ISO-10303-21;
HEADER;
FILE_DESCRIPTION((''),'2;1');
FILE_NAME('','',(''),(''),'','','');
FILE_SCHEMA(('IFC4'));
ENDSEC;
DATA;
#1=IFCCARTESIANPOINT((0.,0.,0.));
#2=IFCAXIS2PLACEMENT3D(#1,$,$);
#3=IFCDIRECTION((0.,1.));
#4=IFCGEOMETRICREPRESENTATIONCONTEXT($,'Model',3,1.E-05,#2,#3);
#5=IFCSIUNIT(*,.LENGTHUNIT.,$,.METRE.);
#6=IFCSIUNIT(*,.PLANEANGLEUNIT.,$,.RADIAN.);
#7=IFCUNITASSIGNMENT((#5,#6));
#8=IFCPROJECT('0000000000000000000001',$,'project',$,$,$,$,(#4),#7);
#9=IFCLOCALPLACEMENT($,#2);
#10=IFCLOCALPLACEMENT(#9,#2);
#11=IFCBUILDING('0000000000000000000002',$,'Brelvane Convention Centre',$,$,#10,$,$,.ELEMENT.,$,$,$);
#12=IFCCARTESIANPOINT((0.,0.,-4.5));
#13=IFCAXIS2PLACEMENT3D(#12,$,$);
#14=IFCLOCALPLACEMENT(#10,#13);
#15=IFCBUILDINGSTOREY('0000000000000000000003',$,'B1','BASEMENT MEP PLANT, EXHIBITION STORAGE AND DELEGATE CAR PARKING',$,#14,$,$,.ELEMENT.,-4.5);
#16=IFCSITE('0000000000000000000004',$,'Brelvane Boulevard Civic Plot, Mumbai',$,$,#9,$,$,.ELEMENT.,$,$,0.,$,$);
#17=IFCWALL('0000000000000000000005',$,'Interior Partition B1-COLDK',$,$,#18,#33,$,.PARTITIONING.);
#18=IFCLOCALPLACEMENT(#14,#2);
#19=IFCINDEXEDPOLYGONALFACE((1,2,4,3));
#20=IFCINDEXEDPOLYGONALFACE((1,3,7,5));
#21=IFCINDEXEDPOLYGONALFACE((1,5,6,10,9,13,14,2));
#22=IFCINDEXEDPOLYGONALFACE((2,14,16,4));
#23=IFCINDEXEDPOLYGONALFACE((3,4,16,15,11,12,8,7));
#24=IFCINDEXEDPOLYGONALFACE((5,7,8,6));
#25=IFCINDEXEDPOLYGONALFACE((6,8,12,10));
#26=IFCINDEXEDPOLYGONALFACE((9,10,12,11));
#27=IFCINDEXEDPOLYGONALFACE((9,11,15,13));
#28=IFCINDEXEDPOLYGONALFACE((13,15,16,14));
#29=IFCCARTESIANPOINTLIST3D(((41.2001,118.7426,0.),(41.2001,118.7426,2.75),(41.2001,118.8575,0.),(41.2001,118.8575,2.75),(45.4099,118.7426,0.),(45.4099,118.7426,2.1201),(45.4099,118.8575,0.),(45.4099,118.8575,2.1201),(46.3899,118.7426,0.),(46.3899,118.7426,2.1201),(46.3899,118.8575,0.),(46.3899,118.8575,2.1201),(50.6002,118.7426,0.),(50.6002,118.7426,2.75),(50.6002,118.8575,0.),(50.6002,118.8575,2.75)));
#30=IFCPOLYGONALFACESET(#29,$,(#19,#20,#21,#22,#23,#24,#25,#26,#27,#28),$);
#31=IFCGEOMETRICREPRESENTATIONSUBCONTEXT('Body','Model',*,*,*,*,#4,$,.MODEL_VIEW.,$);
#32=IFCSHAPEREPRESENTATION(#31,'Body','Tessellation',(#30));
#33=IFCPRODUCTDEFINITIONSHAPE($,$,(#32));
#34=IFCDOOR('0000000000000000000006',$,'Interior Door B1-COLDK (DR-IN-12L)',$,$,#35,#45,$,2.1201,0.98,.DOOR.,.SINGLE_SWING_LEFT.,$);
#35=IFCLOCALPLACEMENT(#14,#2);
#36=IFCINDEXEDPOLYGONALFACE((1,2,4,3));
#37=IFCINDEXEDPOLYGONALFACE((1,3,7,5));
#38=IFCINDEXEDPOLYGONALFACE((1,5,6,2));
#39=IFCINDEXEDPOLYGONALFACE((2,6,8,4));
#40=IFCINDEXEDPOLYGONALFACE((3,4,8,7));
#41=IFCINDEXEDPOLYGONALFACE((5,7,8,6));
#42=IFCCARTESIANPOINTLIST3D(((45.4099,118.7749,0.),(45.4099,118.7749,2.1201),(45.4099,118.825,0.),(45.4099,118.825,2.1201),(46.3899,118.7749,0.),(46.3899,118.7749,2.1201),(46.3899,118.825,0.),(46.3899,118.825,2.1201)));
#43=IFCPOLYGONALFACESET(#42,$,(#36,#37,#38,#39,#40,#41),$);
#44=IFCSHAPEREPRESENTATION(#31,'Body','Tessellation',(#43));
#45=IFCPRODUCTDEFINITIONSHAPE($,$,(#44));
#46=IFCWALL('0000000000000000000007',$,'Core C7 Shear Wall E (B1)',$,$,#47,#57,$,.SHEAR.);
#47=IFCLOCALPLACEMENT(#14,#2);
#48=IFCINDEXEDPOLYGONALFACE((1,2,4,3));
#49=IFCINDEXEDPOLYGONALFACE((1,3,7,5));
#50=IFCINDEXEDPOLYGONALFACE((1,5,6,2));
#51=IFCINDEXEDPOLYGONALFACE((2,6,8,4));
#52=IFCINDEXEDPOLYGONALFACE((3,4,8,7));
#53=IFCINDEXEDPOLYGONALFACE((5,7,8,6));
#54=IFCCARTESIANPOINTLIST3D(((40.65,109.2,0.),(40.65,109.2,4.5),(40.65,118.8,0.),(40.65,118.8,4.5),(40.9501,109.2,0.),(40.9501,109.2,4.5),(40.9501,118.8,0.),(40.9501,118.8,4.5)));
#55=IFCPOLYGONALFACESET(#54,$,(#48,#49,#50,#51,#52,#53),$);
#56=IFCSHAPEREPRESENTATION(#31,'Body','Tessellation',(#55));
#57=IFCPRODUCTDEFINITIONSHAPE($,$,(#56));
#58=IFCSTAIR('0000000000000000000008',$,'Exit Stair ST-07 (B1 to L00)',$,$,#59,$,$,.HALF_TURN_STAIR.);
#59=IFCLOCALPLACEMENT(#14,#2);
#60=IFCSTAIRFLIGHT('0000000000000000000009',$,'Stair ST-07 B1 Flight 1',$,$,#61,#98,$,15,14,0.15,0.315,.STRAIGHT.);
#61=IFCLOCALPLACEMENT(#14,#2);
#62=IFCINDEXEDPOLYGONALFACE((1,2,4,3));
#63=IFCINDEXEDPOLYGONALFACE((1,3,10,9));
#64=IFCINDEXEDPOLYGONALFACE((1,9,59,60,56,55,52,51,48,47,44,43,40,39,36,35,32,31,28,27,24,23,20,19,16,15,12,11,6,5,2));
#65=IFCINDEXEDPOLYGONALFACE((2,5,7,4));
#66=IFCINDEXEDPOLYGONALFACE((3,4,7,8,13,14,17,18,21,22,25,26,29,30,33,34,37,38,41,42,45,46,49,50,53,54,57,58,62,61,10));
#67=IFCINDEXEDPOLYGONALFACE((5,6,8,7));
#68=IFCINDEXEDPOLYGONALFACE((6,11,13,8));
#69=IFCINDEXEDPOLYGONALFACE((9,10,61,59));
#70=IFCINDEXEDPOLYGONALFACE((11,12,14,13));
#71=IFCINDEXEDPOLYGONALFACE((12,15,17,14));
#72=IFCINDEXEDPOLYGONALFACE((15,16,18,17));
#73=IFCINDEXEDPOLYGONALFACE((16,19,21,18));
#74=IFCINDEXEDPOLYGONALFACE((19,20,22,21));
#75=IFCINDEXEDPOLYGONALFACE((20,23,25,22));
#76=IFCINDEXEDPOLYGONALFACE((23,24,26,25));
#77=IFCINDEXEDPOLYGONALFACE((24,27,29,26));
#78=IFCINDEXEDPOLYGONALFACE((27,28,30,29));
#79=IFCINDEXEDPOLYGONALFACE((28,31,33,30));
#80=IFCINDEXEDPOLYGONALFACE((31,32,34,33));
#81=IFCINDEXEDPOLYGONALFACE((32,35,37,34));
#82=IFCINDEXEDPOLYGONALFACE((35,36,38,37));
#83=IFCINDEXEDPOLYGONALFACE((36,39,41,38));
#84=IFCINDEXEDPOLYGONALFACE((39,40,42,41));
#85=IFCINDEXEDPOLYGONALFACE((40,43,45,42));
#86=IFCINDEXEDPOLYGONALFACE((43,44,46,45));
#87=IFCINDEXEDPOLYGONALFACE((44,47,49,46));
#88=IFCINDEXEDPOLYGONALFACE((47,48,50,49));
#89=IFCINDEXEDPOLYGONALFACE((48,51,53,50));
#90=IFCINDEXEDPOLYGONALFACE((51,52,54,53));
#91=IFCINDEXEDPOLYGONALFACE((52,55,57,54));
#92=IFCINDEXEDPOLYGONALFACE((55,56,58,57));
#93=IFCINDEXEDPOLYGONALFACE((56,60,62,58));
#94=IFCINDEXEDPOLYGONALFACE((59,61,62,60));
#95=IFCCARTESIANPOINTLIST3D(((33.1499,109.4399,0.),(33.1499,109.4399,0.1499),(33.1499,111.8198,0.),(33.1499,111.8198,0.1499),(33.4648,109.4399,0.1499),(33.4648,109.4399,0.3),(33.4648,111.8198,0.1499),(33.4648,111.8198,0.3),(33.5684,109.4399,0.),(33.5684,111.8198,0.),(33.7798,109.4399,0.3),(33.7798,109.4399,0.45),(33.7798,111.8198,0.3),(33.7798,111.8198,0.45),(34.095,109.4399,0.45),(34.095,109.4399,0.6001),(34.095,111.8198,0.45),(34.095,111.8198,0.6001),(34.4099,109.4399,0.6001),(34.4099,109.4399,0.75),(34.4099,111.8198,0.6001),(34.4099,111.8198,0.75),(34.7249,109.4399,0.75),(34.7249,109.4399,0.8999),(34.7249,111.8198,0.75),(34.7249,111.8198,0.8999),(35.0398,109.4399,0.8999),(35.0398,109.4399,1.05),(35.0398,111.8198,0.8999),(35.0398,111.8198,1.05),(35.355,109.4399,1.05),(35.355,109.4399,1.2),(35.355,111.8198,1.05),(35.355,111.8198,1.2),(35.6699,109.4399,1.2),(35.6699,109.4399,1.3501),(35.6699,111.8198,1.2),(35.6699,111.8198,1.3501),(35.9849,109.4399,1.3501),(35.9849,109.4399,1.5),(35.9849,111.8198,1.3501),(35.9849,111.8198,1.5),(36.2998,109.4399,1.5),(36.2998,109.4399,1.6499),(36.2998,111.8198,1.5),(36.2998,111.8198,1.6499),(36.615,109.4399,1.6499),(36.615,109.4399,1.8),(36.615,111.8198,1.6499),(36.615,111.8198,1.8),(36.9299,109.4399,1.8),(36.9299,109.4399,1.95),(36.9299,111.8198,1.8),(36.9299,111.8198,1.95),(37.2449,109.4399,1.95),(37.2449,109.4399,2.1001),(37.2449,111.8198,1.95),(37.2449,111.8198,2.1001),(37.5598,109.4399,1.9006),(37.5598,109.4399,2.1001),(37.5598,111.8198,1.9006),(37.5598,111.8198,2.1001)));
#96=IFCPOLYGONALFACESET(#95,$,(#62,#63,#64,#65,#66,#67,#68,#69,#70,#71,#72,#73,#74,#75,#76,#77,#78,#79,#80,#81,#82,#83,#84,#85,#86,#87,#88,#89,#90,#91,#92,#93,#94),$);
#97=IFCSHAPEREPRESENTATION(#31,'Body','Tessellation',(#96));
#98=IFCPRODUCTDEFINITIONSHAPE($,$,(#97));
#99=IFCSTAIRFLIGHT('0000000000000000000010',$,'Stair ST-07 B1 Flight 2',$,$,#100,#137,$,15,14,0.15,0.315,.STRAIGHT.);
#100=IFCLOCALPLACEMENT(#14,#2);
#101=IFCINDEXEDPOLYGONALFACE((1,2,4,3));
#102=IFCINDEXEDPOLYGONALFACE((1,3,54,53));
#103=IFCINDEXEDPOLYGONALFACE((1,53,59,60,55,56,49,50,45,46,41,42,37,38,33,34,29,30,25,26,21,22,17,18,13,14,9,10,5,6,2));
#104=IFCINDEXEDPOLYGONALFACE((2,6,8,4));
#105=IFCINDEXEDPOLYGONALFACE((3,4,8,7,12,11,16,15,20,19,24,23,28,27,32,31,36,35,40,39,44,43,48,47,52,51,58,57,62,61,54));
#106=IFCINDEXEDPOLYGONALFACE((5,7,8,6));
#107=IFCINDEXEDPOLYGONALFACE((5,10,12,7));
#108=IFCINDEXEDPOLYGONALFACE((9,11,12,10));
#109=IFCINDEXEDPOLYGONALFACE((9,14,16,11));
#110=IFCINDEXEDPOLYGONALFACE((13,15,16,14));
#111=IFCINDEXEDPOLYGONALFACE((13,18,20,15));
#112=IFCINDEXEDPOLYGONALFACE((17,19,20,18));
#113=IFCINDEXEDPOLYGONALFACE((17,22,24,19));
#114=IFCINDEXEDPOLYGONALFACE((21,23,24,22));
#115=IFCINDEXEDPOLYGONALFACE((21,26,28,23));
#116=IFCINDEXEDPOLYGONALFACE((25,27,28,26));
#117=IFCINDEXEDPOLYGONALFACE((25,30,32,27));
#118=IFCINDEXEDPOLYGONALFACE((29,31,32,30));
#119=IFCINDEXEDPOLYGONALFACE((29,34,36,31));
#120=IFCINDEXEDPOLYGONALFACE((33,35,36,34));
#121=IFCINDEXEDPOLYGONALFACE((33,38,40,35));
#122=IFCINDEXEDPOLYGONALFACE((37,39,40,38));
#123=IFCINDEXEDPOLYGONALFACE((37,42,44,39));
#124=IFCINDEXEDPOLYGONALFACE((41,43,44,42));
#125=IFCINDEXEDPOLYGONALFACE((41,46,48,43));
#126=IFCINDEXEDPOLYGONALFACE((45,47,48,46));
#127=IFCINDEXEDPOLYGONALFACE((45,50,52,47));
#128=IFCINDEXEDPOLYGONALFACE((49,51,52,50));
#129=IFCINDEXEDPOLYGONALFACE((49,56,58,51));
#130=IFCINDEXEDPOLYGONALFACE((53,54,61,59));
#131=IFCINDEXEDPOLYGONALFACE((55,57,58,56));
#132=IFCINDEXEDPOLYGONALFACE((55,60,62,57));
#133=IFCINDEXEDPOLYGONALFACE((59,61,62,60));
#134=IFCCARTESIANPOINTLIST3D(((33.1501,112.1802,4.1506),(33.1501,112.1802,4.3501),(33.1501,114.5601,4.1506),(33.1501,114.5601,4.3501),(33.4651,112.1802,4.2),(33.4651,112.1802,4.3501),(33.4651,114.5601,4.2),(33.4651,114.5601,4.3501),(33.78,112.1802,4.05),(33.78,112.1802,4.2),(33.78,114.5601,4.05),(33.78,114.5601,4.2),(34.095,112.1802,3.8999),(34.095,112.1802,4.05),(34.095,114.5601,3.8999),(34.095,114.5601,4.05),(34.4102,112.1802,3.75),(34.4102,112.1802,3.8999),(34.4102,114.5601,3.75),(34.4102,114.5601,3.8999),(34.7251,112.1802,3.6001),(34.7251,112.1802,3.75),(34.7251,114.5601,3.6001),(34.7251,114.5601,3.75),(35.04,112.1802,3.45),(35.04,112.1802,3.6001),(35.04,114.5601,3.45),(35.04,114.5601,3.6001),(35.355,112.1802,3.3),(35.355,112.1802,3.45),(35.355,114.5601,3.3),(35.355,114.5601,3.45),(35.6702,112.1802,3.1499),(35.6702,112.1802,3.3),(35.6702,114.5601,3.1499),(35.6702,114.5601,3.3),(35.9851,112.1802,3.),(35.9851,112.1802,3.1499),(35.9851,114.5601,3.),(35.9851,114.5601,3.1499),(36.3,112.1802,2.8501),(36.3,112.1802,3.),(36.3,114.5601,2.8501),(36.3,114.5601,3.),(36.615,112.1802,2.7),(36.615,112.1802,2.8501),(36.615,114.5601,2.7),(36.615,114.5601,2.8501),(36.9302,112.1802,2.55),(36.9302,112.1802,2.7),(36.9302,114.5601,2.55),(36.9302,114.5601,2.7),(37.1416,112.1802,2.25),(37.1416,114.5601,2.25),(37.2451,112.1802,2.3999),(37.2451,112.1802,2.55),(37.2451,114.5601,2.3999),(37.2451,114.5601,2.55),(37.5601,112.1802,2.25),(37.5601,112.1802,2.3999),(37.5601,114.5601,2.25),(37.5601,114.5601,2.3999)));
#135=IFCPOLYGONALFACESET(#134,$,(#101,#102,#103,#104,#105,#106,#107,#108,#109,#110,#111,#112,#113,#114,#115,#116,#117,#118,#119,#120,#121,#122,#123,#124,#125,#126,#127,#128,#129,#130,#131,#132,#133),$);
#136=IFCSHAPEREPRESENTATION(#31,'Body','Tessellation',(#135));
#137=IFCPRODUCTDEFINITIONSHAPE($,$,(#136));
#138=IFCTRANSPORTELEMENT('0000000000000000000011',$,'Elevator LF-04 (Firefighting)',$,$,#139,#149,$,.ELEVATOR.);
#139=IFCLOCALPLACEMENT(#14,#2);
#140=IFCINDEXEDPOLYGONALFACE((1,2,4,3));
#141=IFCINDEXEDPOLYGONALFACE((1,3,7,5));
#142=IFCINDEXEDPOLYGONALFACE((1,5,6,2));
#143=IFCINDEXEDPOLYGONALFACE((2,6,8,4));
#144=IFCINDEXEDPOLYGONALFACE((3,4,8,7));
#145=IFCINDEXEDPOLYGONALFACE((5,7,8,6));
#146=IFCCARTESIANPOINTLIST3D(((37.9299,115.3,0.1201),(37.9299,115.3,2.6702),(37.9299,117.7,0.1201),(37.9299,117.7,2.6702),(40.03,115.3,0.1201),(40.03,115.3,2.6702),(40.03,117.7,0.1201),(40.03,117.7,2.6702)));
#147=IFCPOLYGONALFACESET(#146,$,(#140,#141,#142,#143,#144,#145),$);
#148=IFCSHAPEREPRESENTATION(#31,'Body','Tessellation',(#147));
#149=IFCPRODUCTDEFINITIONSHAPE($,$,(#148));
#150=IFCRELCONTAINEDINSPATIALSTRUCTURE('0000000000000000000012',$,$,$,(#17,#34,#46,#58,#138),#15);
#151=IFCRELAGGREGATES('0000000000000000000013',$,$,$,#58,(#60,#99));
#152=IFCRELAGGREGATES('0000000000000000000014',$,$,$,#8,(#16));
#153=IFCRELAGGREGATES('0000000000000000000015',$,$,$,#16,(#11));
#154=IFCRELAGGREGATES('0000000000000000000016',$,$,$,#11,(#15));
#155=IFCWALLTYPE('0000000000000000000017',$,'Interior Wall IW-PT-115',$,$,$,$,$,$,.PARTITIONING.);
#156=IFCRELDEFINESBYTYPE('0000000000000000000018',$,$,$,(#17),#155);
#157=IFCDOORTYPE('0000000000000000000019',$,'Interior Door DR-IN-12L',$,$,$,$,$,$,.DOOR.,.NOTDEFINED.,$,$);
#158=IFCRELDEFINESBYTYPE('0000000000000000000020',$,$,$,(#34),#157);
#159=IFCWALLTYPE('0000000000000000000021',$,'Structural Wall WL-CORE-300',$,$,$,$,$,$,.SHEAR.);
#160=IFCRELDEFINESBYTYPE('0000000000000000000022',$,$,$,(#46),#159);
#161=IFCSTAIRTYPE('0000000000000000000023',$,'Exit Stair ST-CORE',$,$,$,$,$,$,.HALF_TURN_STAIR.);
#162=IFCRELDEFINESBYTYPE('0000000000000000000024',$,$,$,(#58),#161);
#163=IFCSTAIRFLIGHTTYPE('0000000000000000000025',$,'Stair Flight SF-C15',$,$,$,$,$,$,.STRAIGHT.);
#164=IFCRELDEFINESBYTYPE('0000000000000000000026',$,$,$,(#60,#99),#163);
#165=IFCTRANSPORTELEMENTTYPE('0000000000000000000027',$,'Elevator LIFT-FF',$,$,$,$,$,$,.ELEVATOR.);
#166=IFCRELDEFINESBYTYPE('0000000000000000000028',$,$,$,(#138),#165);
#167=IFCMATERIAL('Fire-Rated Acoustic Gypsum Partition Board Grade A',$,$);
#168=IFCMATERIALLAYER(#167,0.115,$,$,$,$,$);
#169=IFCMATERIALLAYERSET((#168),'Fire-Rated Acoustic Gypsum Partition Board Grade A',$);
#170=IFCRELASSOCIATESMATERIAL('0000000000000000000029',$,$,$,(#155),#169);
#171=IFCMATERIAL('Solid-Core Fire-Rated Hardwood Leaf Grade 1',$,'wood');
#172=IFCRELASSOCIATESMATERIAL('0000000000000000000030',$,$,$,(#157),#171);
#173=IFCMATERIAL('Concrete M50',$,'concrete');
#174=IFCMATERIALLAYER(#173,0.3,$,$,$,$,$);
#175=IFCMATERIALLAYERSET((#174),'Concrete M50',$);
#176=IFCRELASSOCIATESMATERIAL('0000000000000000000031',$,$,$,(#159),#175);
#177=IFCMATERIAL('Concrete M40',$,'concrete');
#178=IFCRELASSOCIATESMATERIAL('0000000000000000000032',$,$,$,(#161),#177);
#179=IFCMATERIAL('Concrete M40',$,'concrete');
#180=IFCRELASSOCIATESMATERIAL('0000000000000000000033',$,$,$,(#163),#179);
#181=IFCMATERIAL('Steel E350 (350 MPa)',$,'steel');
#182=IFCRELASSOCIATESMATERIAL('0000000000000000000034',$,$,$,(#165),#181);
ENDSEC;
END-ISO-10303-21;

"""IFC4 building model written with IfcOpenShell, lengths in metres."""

from ifc_helpers import new_model, si_unit, direction, frame, frame_2d, origin, origin_2d, place, context, subcontext, project, spatial, polyline, rectangle, outline, extrude, material, layer, layer_set, type_object, element, fill, aggregate, save


model = new_model("IFC4")

# Units and contexts
model_context = context("Model", 3, precision=1e-05, world=origin(), true_north=direction((0.0, 1.0)))
body_context = subcontext(model_context, "Body", "Model", "MODEL_VIEW")
ifc_project = project(units=[si_unit("LENGTHUNIT", "METRE"), si_unit("PLANEANGLEUNIT", "RADIAN")], contexts=[model_context])

# Site, building, storey
site_placement = place(None, origin())
site = spatial("IfcSite", under=ifc_project, at=site_placement, Name="Brelvane Boulevard Civic Plot, Mumbai", CompositionType="ELEMENT", RefElevation=0.0)
building_placement = place(site_placement, origin())
building = spatial("IfcBuilding", under=site, at=building_placement, Name="Brelvane Convention Centre", CompositionType="ELEMENT")
storey_placement = place(building_placement, frame((0.0, 0.0, -4.5)))
storey = spatial("IfcBuildingStorey", under=building, at=storey_placement, Name="B1", Description="BASEMENT MEP PLANT, EXHIBITION STORAGE AND DELEGATE CAR PARKING", CompositionType="ELEMENT", Elevation=-4.5)

# Wall, opening, door
ifc_material_1 = material(Name="Fire-Rated Acoustic Gypsum Partition Board Grade A")
ifc_layer_1 = layer(ifc_material_1, 0.115)
ifc_layer_set_1 = layer_set([ifc_layer_1], Name="Fire-Rated Acoustic Gypsum Partition Board Grade A")
wall_type_1 = type_object("IfcWallType", Name="Interior Wall IW-PT-115", PredefinedType="PARTITIONING", material=ifc_layer_set_1)
wall_1_placement = place(storey_placement, frame((41.2, 118.8, 0.0), z_axis=(0.0, 0.0, 1.0), x_axis=(1.0, 0.0, 0.0)))
wall_1 = element("IfcWall", 1, at=wall_1_placement, inside=storey, type_object=wall_type_1, Name="Interior Partition B1-COLDK", PredefinedType="PARTITIONING", context=body_context, shape_type="SweptSolid", body=[
    extrude(rectangle(XDim=9.4001, YDim=0.115, at=frame_2d((4.7002, 0.0))), origin(), (0.0, 0.0, 1.0), 2.75),
])
opening_placement = place(wall_1_placement, frame((4.21, 0.0, 0.0)))
opening = element("IfcOpeningElement", 2, at=opening_placement, cuts=wall_1, PredefinedType="OPENING", context=body_context, shape_type="SweptSolid", body=[
    extrude(rectangle(XDim=0.98, YDim=2.1201, at=frame_2d((0.49, 1.0601))), frame((0.0, 0.0674, 0.0), z_axis=(0.0, -1.0, 0.0), x_axis=(1.0, 0.0, 0.0)), (0.0, 0.0, 1.0), 0.135),
])
ifc_material_2 = material(Name="Solid-Core Fire-Rated Hardwood Leaf Grade 1", Category="wood")
door_type = type_object("IfcDoorType", Name="Interior Door DR-IN-12L", OperationType="NOTDEFINED", PredefinedType="DOOR", material=ifc_material_2)
door_placement = place(opening_placement, origin())
door = element("IfcDoor", 3, at=door_placement, inside=storey, type_object=door_type, Name="Interior Door B1-COLDK (DR-IN-12L)", OperationType="SINGLE_SWING_LEFT", OverallHeight=2.1201, OverallWidth=0.98, PredefinedType="DOOR", context=body_context, shape_type="SweptSolid", body=[
    extrude(rectangle(XDim=0.98, YDim=2.1201, at=frame_2d((0.49, 1.0601))), frame((0.0, 0.0249, 0.0), z_axis=(0.0, -1.0, 0.0), x_axis=(1.0, 0.0, 0.0)), (0.0, 0.0, 1.0), 0.05),
])
fill(opening, door)

# Wall
ifc_material_3 = material(Name="Concrete M50", Category="concrete")
ifc_layer_2 = layer(ifc_material_3, 0.3)
ifc_layer_set_2 = layer_set([ifc_layer_2], Name="Concrete M50")
wall_type_2 = type_object("IfcWallType", Name="Structural Wall WL-CORE-300", PredefinedType="SHEAR", material=ifc_layer_set_2)
wall_2_placement = place(storey_placement, frame((40.8, 109.2, 0.0), z_axis=(0.0, 0.0, 1.0), x_axis=(0.0, 1.0, 0.0)))
element("IfcWall", 4, at=wall_2_placement, inside=storey, type_object=wall_type_2, Name="Core C7 Shear Wall E (B1)", PredefinedType="SHEAR", context=body_context, shape_type="SweptSolid", body=[
    extrude(rectangle(XDim=9.6001, YDim=0.3, at=frame_2d((4.8, 0.0))), origin(), (0.0, 0.0, 1.0), 4.5),
])

# Stair, stair flights
ifc_material_4 = material(Name="Concrete M40", Category="concrete")
stair_type = type_object("IfcStairType", Name="Exit Stair ST-CORE", PredefinedType="HALF_TURN_STAIR", material=ifc_material_4)
stair_placement = place(storey_placement, origin())
stair = element("IfcStair", 5, at=stair_placement, inside=storey, type_object=stair_type, Name="Exit Stair ST-07 (B1 to L00)", PredefinedType="HALF_TURN_STAIR")
ifc_material_5 = material(Name="Concrete M40", Category="concrete")
stair_flight_type = type_object("IfcStairFlightType", Name="Stair Flight SF-C15", PredefinedType="STRAIGHT", material=ifc_material_5)
stair_flight_1_placement = place(storey_placement, frame((33.1499, 110.6299, 0.0), z_axis=(0.0, 0.0, 1.0), x_axis=(1.0, 0.0, 0.0)))
stair_flight_1 = element("IfcStairFlight", 6, at=stair_flight_1_placement, type_object=stair_flight_type, Name="Stair ST-07 B1 Flight 1", NumberOfRisers=15, NumberOfTreads=14, PredefinedType="STRAIGHT", RiserHeight=0.15, TreadLength=0.315, context=body_context, shape_type="SweptSolid", body=[
    extrude(outline(polyline([(0.0, 0.0), (0.0, 0.1499), (0.3149, 0.1499), (0.3149, 0.3), (0.6299, 0.3), (0.6299, 0.45), (0.9451, 0.45), (0.9451, 0.6001), (1.26, 0.6001), (1.26, 0.75), (1.575, 0.75), (1.575, 0.8999), (1.8899, 0.8999), (1.8899, 1.05), (2.2051, 1.05), (2.2051, 1.2), (2.52, 1.2), (2.52, 1.3501), (2.835, 1.3501), (2.835, 1.5), (3.1499, 1.5), (3.1499, 1.6499), (3.4651, 1.6499), (3.4651, 1.8), (3.78, 1.8), (3.78, 1.95), (4.095, 1.95), (4.095, 2.1001), (4.4099, 2.1001), (4.4099, 2.25), (4.4099, 1.9006), (0.4185, 0.0), (0.0, 0.0)])), frame((0.0, 1.1899, 0.0), z_axis=(0.0, -1.0, 0.0), x_axis=(1.0, 0.0, 0.0)), (0.0, 0.0, 1.0), 2.3799),
])
stair_flight_2_placement = place(storey_placement, frame((37.5601, 113.3701, 2.25), z_axis=(0.0, 0.0, 1.0), x_axis=(-1.0, 0.0, 0.0)))
stair_flight_2 = element("IfcStairFlight", 7, at=stair_flight_2_placement, type_object=stair_flight_type, Name="Stair ST-07 B1 Flight 2", NumberOfRisers=15, NumberOfTreads=14, PredefinedType="STRAIGHT", RiserHeight=0.15, TreadLength=0.315, context=body_context, shape_type="SweptSolid", body=[
    extrude(outline(polyline([(0.0, 0.0), (0.0, 0.1499), (0.3149, 0.1499), (0.3149, 0.3), (0.6299, 0.3), (0.6299, 0.45), (0.9451, 0.45), (0.9451, 0.6001), (1.26, 0.6001), (1.26, 0.75), (1.575, 0.75), (1.575, 0.8999), (1.8899, 0.8999), (1.8899, 1.05), (2.2051, 1.05), (2.2051, 1.2), (2.52, 1.2), (2.52, 1.3501), (2.835, 1.3501), (2.835, 1.5), (3.1499, 1.5), (3.1499, 1.6499), (3.4651, 1.6499), (3.4651, 1.8), (3.78, 1.8), (3.78, 1.95), (4.095, 1.95), (4.095, 2.1001), (4.4099, 2.1001), (4.4099, 2.25), (4.4099, 1.9006), (0.4185, 0.0), (0.0, 0.0)])), frame((0.0, 1.1899, 0.0), z_axis=(0.0, -1.0, 0.0), x_axis=(1.0, 0.0, 0.0)), (0.0, 0.0, 1.0), 2.3799),
])
aggregate(stair, [stair_flight_1, stair_flight_2])

# Transport element
ifc_material_6 = material(Name="Steel E350 (350 MPa)", Category="steel")
transport_element_type = type_object("IfcTransportElementType", Name="Elevator LIFT-FF", PredefinedType="ELEVATOR", material=ifc_material_6)
transport_element_placement = place(storey_placement, frame((38.98, 116.5, 0.1201), z_axis=(0.0, 0.0, 1.0), x_axis=(1.0, 0.0, 0.0)))
element("IfcTransportElement", 8, at=transport_element_placement, inside=storey, type_object=transport_element_type, Name="Elevator LF-04 (Firefighting)", PredefinedType="ELEVATOR", context=body_context, shape_type="SweptSolid", body=[
    extrude(rectangle(XDim=2.1001, YDim=2.3999, at=origin_2d()), origin(), (0.0, 0.0, 1.0), 2.55),
])

save(model, "model.ifc")
